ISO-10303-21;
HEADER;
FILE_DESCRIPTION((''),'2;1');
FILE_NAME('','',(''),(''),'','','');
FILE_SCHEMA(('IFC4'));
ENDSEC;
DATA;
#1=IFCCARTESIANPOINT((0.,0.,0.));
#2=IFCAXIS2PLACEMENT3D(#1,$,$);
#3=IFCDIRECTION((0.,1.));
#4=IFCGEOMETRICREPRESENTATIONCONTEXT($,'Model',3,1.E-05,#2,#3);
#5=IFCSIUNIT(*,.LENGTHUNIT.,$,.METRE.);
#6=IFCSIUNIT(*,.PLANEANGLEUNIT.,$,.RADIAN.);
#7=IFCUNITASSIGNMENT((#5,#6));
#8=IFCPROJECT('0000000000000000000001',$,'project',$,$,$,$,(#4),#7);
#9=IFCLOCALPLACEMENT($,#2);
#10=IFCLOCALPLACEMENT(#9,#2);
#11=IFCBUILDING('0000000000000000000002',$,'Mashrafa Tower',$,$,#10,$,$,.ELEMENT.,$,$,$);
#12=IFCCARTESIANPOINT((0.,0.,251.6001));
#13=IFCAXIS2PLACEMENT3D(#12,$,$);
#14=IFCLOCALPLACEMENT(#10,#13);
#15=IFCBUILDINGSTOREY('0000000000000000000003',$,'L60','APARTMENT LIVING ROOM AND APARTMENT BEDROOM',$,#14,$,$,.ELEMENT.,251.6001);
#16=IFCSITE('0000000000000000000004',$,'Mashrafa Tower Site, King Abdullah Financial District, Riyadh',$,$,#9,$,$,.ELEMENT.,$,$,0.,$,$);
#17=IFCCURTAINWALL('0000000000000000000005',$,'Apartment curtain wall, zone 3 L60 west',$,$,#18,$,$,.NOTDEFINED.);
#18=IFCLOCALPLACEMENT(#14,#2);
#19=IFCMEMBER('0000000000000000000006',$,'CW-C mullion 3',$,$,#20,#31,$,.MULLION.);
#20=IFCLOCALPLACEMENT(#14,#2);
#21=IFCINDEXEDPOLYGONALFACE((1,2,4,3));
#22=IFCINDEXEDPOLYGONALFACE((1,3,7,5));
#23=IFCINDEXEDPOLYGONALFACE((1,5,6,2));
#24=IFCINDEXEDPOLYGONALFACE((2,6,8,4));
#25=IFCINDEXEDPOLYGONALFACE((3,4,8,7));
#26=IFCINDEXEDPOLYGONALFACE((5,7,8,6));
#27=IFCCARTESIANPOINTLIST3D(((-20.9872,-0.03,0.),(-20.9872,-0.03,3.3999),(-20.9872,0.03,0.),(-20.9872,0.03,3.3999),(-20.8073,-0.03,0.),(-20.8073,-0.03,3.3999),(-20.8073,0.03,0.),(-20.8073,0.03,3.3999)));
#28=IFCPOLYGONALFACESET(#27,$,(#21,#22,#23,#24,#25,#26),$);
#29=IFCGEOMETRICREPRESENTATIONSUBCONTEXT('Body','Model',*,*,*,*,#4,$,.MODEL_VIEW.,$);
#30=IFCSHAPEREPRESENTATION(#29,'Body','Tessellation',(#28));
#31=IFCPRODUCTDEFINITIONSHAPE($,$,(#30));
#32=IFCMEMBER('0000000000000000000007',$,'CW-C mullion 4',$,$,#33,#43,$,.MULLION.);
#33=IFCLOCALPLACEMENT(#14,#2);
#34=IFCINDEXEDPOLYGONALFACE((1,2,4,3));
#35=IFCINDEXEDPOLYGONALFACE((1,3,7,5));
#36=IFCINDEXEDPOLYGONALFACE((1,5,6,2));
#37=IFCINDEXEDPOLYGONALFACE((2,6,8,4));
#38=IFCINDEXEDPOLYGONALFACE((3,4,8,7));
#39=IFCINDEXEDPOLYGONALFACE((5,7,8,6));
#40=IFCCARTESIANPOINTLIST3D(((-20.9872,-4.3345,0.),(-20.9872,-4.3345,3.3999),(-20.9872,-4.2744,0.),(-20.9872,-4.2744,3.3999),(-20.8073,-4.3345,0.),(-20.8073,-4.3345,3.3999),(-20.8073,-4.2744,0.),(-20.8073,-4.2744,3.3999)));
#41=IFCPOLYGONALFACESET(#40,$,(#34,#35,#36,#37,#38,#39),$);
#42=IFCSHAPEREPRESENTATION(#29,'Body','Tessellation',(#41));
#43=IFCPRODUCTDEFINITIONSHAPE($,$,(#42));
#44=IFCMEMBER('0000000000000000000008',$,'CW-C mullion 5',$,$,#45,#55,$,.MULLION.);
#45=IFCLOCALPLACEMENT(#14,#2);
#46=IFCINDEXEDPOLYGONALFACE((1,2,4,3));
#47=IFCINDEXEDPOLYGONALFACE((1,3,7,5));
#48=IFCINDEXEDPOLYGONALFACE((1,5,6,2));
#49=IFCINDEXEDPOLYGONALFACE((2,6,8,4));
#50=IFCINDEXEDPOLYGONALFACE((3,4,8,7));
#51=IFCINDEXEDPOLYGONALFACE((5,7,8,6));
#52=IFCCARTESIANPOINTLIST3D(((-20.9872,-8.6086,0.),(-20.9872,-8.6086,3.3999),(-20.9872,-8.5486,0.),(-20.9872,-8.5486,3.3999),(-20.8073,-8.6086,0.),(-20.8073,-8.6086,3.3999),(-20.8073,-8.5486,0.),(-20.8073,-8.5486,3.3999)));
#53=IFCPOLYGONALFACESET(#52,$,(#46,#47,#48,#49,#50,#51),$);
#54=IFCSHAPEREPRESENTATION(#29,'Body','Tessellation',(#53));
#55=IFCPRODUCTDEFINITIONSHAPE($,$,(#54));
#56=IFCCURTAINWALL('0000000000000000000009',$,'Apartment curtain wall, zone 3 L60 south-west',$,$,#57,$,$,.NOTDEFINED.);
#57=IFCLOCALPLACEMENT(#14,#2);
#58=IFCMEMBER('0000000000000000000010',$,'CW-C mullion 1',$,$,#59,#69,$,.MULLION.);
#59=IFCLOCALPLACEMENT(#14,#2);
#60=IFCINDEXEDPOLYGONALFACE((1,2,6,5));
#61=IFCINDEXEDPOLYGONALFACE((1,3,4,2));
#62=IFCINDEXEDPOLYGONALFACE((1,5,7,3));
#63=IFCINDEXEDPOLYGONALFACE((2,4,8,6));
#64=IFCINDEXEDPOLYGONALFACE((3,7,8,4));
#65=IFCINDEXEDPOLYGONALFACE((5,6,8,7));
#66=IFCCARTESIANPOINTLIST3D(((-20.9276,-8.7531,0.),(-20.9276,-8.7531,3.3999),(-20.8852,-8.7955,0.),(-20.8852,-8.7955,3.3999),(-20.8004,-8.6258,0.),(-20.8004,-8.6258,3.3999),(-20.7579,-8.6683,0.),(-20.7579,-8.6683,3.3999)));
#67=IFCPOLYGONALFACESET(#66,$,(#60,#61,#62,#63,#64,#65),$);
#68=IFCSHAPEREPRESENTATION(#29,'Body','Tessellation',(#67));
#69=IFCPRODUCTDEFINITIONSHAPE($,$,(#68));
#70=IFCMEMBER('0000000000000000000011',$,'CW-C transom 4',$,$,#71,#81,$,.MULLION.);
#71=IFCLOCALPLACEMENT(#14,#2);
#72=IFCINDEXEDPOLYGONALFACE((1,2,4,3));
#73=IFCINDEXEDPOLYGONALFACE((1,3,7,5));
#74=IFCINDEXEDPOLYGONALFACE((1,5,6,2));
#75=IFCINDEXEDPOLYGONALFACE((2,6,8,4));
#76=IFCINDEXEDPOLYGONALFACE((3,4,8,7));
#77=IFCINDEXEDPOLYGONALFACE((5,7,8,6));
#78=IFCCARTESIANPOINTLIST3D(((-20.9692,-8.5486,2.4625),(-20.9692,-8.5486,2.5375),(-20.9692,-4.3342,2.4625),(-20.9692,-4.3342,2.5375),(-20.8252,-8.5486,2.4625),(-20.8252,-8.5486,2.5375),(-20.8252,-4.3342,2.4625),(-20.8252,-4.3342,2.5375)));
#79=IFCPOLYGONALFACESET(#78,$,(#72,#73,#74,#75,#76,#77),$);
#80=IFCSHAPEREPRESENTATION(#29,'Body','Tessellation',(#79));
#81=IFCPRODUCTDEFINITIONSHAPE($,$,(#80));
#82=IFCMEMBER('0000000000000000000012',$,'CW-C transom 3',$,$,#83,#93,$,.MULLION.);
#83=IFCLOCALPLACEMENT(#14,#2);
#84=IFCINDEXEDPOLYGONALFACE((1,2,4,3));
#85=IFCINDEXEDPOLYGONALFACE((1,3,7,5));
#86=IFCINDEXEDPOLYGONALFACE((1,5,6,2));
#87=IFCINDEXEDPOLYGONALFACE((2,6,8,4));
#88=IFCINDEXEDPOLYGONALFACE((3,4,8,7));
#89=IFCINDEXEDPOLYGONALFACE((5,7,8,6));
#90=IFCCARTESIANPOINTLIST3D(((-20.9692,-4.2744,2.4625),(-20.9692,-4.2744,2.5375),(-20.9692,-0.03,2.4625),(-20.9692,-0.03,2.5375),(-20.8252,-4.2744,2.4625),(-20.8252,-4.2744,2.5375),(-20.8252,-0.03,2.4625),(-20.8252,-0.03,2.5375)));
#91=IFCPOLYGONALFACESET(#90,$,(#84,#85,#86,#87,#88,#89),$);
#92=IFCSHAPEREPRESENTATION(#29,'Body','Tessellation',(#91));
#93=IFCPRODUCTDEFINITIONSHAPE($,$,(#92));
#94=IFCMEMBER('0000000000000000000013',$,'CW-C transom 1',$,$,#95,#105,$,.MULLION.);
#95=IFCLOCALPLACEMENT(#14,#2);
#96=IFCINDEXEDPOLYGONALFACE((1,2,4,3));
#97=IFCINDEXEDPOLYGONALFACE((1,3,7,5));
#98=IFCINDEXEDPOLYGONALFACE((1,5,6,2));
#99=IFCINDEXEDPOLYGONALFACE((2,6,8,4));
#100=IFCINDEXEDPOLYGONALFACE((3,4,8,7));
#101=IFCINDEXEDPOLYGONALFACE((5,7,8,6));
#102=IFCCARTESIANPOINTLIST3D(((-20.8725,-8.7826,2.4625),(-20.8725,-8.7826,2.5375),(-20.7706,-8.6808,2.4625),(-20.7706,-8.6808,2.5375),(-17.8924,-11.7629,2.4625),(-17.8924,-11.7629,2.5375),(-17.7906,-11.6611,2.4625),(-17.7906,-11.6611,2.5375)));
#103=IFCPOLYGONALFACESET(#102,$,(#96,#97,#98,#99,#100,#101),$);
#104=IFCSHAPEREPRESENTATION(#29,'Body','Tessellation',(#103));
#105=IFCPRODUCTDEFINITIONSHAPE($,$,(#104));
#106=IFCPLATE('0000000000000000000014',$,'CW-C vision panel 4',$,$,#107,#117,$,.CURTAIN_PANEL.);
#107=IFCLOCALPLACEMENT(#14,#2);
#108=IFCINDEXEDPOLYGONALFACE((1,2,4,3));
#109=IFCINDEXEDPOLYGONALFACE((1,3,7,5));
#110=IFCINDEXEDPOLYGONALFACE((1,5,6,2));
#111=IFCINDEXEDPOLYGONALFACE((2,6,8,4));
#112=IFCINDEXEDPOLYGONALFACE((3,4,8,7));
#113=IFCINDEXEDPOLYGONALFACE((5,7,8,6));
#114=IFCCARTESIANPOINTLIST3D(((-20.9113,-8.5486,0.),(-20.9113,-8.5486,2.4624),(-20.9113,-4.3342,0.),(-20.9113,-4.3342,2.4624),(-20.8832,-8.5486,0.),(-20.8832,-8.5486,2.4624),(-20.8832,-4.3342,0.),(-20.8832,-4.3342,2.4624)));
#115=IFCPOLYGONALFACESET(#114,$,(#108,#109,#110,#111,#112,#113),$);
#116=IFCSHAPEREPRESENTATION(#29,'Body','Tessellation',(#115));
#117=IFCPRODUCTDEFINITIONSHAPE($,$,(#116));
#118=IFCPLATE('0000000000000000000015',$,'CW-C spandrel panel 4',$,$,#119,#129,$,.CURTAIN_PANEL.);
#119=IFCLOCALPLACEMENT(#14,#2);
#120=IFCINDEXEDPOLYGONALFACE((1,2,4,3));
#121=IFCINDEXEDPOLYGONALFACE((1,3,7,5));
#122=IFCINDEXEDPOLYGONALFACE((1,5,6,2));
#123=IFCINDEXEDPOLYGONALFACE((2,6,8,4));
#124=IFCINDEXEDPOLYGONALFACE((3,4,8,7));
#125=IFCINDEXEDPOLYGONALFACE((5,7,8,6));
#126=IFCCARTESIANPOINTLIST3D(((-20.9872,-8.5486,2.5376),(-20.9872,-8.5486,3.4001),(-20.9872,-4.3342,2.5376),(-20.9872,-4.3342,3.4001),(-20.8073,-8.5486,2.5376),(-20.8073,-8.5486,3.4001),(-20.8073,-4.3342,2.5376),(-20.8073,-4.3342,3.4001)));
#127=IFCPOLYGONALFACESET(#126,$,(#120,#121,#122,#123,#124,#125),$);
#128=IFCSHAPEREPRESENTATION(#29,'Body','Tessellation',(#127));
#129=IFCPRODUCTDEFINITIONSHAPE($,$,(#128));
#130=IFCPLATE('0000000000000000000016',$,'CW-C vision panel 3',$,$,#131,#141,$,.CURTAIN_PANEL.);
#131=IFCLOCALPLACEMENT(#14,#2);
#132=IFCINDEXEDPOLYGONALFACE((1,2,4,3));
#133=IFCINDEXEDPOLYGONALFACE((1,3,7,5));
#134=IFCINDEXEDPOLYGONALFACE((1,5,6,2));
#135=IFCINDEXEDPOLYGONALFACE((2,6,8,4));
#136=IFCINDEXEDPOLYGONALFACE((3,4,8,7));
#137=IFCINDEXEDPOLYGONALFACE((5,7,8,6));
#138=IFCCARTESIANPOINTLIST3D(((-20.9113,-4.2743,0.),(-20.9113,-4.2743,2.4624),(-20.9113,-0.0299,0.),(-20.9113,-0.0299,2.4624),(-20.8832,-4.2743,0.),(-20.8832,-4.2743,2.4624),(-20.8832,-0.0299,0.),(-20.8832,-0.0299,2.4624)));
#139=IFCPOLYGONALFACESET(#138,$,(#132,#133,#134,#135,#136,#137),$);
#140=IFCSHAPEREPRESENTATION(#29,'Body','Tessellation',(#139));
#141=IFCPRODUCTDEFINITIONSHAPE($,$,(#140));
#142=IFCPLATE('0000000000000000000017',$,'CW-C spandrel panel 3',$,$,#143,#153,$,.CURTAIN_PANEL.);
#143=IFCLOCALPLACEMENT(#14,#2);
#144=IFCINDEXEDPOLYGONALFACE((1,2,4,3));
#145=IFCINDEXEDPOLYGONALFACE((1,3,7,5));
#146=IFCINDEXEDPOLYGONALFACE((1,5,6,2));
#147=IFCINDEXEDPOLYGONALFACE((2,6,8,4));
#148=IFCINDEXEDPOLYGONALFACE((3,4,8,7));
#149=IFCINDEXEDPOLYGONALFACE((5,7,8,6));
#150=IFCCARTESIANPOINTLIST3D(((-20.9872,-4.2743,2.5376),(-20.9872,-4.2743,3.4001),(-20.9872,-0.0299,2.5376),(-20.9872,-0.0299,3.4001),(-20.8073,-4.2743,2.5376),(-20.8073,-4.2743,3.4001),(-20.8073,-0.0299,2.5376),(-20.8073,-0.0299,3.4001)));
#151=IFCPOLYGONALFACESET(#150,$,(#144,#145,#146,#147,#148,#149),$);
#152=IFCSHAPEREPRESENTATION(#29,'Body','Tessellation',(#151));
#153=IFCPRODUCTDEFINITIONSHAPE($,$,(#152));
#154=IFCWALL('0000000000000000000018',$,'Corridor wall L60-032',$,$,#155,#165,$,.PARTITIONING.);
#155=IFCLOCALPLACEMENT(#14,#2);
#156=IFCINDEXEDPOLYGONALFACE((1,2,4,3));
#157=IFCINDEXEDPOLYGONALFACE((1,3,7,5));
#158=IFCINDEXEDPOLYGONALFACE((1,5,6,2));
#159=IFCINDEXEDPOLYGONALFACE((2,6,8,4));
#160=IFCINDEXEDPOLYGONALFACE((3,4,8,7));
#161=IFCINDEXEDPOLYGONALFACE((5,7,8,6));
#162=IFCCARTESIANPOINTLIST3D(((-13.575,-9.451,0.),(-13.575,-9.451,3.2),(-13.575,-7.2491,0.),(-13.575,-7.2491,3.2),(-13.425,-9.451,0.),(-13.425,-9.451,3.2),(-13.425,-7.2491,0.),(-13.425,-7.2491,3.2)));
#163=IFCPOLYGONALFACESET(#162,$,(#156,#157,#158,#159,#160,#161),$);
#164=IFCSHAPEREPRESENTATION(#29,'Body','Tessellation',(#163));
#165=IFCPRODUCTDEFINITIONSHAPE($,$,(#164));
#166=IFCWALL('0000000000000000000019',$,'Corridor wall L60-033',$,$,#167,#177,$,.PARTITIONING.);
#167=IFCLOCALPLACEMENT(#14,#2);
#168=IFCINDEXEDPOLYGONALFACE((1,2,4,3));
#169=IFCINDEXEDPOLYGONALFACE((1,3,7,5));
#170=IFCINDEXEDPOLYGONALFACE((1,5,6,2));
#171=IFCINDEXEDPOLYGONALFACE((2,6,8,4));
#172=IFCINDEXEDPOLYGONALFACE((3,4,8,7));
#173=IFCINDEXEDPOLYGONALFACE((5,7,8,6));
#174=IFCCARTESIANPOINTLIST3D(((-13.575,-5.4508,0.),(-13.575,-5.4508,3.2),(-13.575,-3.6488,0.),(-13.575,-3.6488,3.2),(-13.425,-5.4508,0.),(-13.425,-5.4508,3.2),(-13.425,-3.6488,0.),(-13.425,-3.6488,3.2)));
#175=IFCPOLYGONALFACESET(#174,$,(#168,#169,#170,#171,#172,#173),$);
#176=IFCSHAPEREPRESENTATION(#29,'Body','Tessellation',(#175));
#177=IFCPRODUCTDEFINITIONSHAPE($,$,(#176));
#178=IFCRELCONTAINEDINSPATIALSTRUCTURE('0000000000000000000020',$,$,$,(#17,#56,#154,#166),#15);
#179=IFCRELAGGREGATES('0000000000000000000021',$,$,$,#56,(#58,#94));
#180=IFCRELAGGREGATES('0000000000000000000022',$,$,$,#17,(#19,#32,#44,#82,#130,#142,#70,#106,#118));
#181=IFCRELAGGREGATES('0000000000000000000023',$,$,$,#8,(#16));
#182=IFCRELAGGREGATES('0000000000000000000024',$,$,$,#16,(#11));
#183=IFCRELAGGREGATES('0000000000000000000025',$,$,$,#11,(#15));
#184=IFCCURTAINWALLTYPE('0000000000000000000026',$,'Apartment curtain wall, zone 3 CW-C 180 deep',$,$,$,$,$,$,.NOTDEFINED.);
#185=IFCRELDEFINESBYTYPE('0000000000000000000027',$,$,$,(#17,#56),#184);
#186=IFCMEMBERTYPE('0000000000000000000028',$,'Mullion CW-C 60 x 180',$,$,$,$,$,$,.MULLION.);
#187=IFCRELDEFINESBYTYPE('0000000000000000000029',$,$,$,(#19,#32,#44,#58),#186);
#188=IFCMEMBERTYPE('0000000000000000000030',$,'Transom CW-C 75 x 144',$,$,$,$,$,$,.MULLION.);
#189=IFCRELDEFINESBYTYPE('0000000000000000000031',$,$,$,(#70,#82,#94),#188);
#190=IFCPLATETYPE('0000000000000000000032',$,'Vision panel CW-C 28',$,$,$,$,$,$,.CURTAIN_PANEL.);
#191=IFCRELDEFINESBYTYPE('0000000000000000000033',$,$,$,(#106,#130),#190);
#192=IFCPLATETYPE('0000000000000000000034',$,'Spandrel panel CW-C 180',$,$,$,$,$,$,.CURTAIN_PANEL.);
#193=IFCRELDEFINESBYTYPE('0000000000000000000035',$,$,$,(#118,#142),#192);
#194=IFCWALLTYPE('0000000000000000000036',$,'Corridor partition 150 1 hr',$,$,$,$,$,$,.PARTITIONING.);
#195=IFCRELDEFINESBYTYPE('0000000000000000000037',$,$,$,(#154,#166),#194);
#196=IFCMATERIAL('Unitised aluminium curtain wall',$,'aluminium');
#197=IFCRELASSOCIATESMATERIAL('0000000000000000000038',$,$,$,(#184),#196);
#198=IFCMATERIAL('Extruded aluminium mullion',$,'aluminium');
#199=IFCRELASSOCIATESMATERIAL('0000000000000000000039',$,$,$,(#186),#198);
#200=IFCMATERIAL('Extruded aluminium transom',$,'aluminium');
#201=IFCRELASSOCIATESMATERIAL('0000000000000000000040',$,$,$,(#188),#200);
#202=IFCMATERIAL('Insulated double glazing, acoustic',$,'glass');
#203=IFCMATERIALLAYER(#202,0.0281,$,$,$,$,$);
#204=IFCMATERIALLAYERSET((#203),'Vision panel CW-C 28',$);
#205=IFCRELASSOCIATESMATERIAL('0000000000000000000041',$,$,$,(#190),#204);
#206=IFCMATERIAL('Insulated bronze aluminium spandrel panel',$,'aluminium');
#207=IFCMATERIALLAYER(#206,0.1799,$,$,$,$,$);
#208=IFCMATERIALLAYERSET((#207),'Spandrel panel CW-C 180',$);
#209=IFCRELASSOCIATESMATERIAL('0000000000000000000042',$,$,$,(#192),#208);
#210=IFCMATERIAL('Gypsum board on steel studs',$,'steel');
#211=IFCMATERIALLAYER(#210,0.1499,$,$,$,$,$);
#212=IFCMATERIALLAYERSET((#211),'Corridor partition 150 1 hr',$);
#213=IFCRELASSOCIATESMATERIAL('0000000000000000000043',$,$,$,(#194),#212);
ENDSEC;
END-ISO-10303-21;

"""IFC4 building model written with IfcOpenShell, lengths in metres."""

from ifc_helpers import new_model, si_unit, direction, frame, frame_2d, origin, origin_2d, place, context, subcontext, project, spatial, rectangle, extrude, source, transform, mapped, material, layer, layer_set, material_profile, profile_set, type_object, type_shapes, element, aggregate, save


model = new_model("IFC4")

# Units and contexts
model_context = context("Model", 3, precision=1e-05, world=origin(), true_north=direction((0.0, 1.0)))
body_context = subcontext(model_context, "Body", "Model", "MODEL_VIEW")
ifc_project = project(units=[si_unit("LENGTHUNIT", "METRE"), si_unit("PLANEANGLEUNIT", "RADIAN")], contexts=[model_context])

# Site, building, storey
site_placement = place(None, origin())
site = spatial("IfcSite", under=ifc_project, at=site_placement, Name="Mashrafa Tower Site, King Abdullah Financial District, Riyadh", CompositionType="ELEMENT", RefElevation=0.0)
building_placement = place(site_placement, origin())
building = spatial("IfcBuilding", under=site, at=building_placement, Name="Mashrafa Tower", CompositionType="ELEMENT")
storey_placement = place(building_placement, frame((0.0, 0.0, 251.6001)))
storey = spatial("IfcBuildingStorey", under=building, at=storey_placement, Name="L60", Description="APARTMENT LIVING ROOM AND APARTMENT BEDROOM", CompositionType="ELEMENT", Elevation=251.6001)

# Curtain wall, members
ifc_material_1 = material(Name="Unitised aluminium curtain wall", Category="aluminium")
curtain_wall_type = type_object("IfcCurtainWallType", Name="Apartment curtain wall, zone 3 CW-C 180 deep", PredefinedType="NOTDEFINED", material=ifc_material_1)
curtain_wall_1_placement = place(storey_placement, origin())
curtain_wall_1 = element("IfcCurtainWall", 1, at=curtain_wall_1_placement, inside=storey, type_object=curtain_wall_type, Name="Apartment curtain wall, zone 3 L60 west", PredefinedType="NOTDEFINED")
ifc_material_2 = material(Name="Extruded aluminium mullion", Category="aluminium")
ifc_material_profile_1 = material_profile(ifc_material_2, rectangle(XDim=0.1799, YDim=0.0601, at=origin_2d()), Name="Mullion 60x180")
ifc_profile_set_1 = profile_set([ifc_material_profile_1], Name="Extruded aluminium mullion")
member_type_1 = type_object("IfcMemberType", Name="Mullion CW-C 60 x 180", PredefinedType="MULLION", material=ifc_profile_set_1)
shared_shape_1 = source(origin(), body_context, "Body", "SweptSolid", [
    extrude(rectangle(XDim=0.1799, YDim=0.0601, at=origin_2d()), origin(), (0.0, 0.0, 1.0), 3.3999),
])
type_shapes(member_type_1, [shared_shape_1])
member_1_placement = place(storey_placement, frame((-20.8972, 0.0, 0.0), z_axis=(0.0, 0.0, 1.0), x_axis=(1.0, 0.0, 0.0)))
member_1 = element("IfcMember", 2, at=member_1_placement, type_object=member_type_1, Name="CW-C mullion 3", PredefinedType="MULLION", context=body_context, shape_type="MappedRepresentation", body=[
    mapped(shared_shape_1, transform((0.0, 0.0, 0.0))),
])
member_2_placement = place(storey_placement, frame((-20.8972, -4.3044, 0.0), z_axis=(0.0, 0.0, 1.0), x_axis=(1.0, 0.0, 0.0)))
member_2 = element("IfcMember", 3, at=member_2_placement, type_object=member_type_1, Name="CW-C mullion 4", PredefinedType="MULLION", context=body_context, shape_type="MappedRepresentation", body=[
    mapped(shared_shape_1, transform((0.0, 0.0, 0.0))),
])
member_3_placement = place(storey_placement, frame((-20.8972, -8.5786, 0.0), z_axis=(0.0, 0.0, 1.0), x_axis=(1.0, 0.0, 0.0)))
member_3 = element("IfcMember", 4, at=member_3_placement, type_object=member_type_1, Name="CW-C mullion 5", PredefinedType="MULLION", context=body_context, shape_type="MappedRepresentation", body=[
    mapped(shared_shape_1, transform((0.0, 0.0, 0.0))),
])

# Curtain wall, member
curtain_wall_2_placement = place(storey_placement, origin())
curtain_wall_2 = element("IfcCurtainWall", 5, at=curtain_wall_2_placement, inside=storey, type_object=curtain_wall_type, Name="Apartment curtain wall, zone 3 L60 south-west", PredefinedType="NOTDEFINED")
member_4_placement = place(storey_placement, frame((-20.8428, -8.7107, 0.0), z_axis=(0.0, 0.0, 1.0), x_axis=(0.707107, 0.707107, 0.0)))
member_4 = element("IfcMember", 6, at=member_4_placement, type_object=member_type_1, Name="CW-C mullion 1", PredefinedType="MULLION", context=body_context, shape_type="MappedRepresentation", body=[
    mapped(shared_shape_1, transform((0.0, 0.0, 0.0))),
])

# Members
ifc_material_3 = material(Name="Extruded aluminium transom", Category="aluminium")
ifc_material_profile_2 = material_profile(ifc_material_3, rectangle(XDim=0.144, YDim=0.075, at=origin_2d()), Name="Transom 75x144")
ifc_profile_set_2 = profile_set([ifc_material_profile_2], Name="Extruded aluminium transom")
member_type_2 = type_object("IfcMemberType", Name="Transom CW-C 75 x 144", PredefinedType="MULLION", material=ifc_profile_set_2)
shared_shape_2 = source(origin(), body_context, "Body", "SweptSolid", [
    extrude(rectangle(XDim=0.144, YDim=0.075, at=origin_2d()), origin(), (0.0, 0.0, 1.0), 4.2144),
])
member_5_placement = place(storey_placement, frame((-20.8972, -4.3342, 2.5), z_axis=(0.0, -1.0, 0.0), x_axis=(1.0, 0.0, 0.0)))
member_5 = element("IfcMember", 7, at=member_5_placement, type_object=member_type_2, Name="CW-C transom 4", PredefinedType="MULLION", context=body_context, shape_type="MappedRepresentation", body=[
    mapped(shared_shape_2, transform((0.0, 0.0, 0.0))),
])
shared_shape_3 = source(origin(), body_context, "Body", "SweptSolid", [
    extrude(rectangle(XDim=0.144, YDim=0.075, at=origin_2d()), origin(), (0.0, 0.0, 1.0), 4.2444),
])
member_6_placement = place(storey_placement, frame((-20.8972, -0.03, 2.5), z_axis=(0.0, -1.0, 0.0), x_axis=(1.0, 0.0, 0.0)))
member_6 = element("IfcMember", 8, at=member_6_placement, type_object=member_type_2, Name="CW-C transom 3", PredefinedType="MULLION", context=body_context, shape_type="MappedRepresentation", body=[
    mapped(shared_shape_3, transform((0.0, 0.0, 0.0))),
])
shared_shape_4 = source(origin(), body_context, "Body", "SweptSolid", [
    extrude(rectangle(XDim=0.144, YDim=0.075, at=origin_2d()), origin(), (0.0, 0.0, 1.0), 4.2146),
])
type_shapes(member_type_2, [shared_shape_2, shared_shape_3, shared_shape_4])
member_7_placement = place(storey_placement, frame((-20.8215, -8.7317, 2.5), z_axis=(0.707078, -0.707136, 0.0), x_axis=(0.707136, 0.707078, 0.0)))
member_7 = element("IfcMember", 9, at=member_7_placement, type_object=member_type_2, Name="CW-C transom 1", PredefinedType="MULLION", context=body_context, shape_type="MappedRepresentation", body=[
    mapped(shared_shape_4, transform((0.0, 0.0, 0.0))),
])
aggregate(curtain_wall_2, [member_4, member_7])

# Plates
ifc_material_4 = material(Name="Insulated double glazing, acoustic", Category="glass")
ifc_layer_1 = layer(ifc_material_4, 0.0281)
ifc_layer_set_1 = layer_set([ifc_layer_1], Name="Vision panel CW-C 28")
plate_type_1 = type_object("IfcPlateType", Name="Vision panel CW-C 28", PredefinedType="CURTAIN_PANEL", material=ifc_layer_set_1)
shared_shape_5 = source(origin(), body_context, "Body", "SweptSolid", [
    extrude(rectangle(XDim=4.2144, YDim=0.0281, at=origin_2d()), origin(), (0.0, 0.0, 1.0), 2.4624),
])
plate_1_placement = place(storey_placement, frame((-20.8972, -6.4414, 0.0), z_axis=(0.0, 0.0, 1.0), x_axis=(0.0, -1.0, 0.0)))
plate_1 = element("IfcPlate", 10, at=plate_1_placement, type_object=plate_type_1, Name="CW-C vision panel 4", PredefinedType="CURTAIN_PANEL", context=body_context, shape_type="MappedRepresentation", body=[
    mapped(shared_shape_5, transform((0.0, 0.0, 0.0))),
])
ifc_material_5 = material(Name="Insulated bronze aluminium spandrel panel", Category="aluminium")
ifc_layer_2 = layer(ifc_material_5, 0.1799)
ifc_layer_set_2 = layer_set([ifc_layer_2], Name="Spandrel panel CW-C 180")
plate_type_2 = type_object("IfcPlateType", Name="Spandrel panel CW-C 180", PredefinedType="CURTAIN_PANEL", material=ifc_layer_set_2)
shared_shape_6 = source(origin(), body_context, "Body", "SweptSolid", [
    extrude(rectangle(XDim=4.2144, YDim=0.1799, at=origin_2d()), origin(), (0.0, 0.0, 1.0), 0.8625),
])
plate_2_placement = place(storey_placement, frame((-20.8972, -6.4414, 2.5376), z_axis=(0.0, 0.0, 1.0), x_axis=(0.0, -1.0, 0.0)))
plate_2 = element("IfcPlate", 11, at=plate_2_placement, type_object=plate_type_2, Name="CW-C spandrel panel 4", PredefinedType="CURTAIN_PANEL", context=body_context, shape_type="MappedRepresentation", body=[
    mapped(shared_shape_6, transform((0.0, 0.0, 0.0))),
])
shared_shape_7 = source(origin(), body_context, "Body", "SweptSolid", [
    extrude(rectangle(XDim=4.2444, YDim=0.0281, at=origin_2d()), origin(), (0.0, 0.0, 1.0), 2.4624),
])
type_shapes(plate_type_1, [shared_shape_5, shared_shape_7])
plate_3_placement = place(storey_placement, frame((-20.8972, -2.1521, 0.0), z_axis=(0.0, 0.0, 1.0), x_axis=(0.0, -1.0, 0.0)))
plate_3 = element("IfcPlate", 12, at=plate_3_placement, type_object=plate_type_1, Name="CW-C vision panel 3", PredefinedType="CURTAIN_PANEL", context=body_context, shape_type="MappedRepresentation", body=[
    mapped(shared_shape_7, transform((0.0, 0.0, 0.0))),
])
shared_shape_8 = source(origin(), body_context, "Body", "SweptSolid", [
    extrude(rectangle(XDim=4.2444, YDim=0.1799, at=origin_2d()), origin(), (0.0, 0.0, 1.0), 0.8625),
])
type_shapes(plate_type_2, [shared_shape_6, shared_shape_8])
plate_4_placement = place(storey_placement, frame((-20.8972, -2.1521, 2.5376), z_axis=(0.0, 0.0, 1.0), x_axis=(0.0, -1.0, 0.0)))
plate_4 = element("IfcPlate", 13, at=plate_4_placement, type_object=plate_type_2, Name="CW-C spandrel panel 3", PredefinedType="CURTAIN_PANEL", context=body_context, shape_type="MappedRepresentation", body=[
    mapped(shared_shape_8, transform((0.0, 0.0, 0.0))),
])
aggregate(curtain_wall_1, [member_1, member_2, member_3, member_6, plate_3, plate_4, member_5, plate_1, plate_2])

# Walls
ifc_material_6 = material(Name="Gypsum board on steel studs", Category="steel")
ifc_layer_3 = layer(ifc_material_6, 0.1499)
ifc_layer_set_3 = layer_set([ifc_layer_3], Name="Corridor partition 150 1 hr")
wall_type_1 = type_object("IfcWallType", Name="Corridor partition 150 1 hr", PredefinedType="PARTITIONING", material=ifc_layer_set_3)
wall_1_placement = place(storey_placement, frame((-13.5, -7.249, 0.0), z_axis=(0.0, 0.0, 1.0), x_axis=(0.0, -1.0, 0.0)))
element("IfcWall", 14, at=wall_1_placement, inside=storey, type_object=wall_type_1, Name="Corridor wall L60-032", PredefinedType="PARTITIONING", context=body_context, shape_type="SweptSolid", body=[
    extrude(rectangle(XDim=2.2019, YDim=0.1499, at=frame_2d((1.1011, 0.0))), origin(), (0.0, 0.0, 1.0), 3.2),
])
wall_2_placement = place(storey_placement, frame((-13.5, -3.6489, 0.0), z_axis=(0.0, 0.0, 1.0), x_axis=(0.0, -1.0, 0.0)))
element("IfcWall", 15, at=wall_2_placement, inside=storey, type_object=wall_type_1, Name="Corridor wall L60-033", PredefinedType="PARTITIONING", context=body_context, shape_type="SweptSolid", body=[
    extrude(rectangle(XDim=1.802, YDim=0.1499, at=frame_2d((0.9009, 0.0))), origin(), (0.0, 0.0, 1.0), 3.2),
])

save(model, "model.ifc")
